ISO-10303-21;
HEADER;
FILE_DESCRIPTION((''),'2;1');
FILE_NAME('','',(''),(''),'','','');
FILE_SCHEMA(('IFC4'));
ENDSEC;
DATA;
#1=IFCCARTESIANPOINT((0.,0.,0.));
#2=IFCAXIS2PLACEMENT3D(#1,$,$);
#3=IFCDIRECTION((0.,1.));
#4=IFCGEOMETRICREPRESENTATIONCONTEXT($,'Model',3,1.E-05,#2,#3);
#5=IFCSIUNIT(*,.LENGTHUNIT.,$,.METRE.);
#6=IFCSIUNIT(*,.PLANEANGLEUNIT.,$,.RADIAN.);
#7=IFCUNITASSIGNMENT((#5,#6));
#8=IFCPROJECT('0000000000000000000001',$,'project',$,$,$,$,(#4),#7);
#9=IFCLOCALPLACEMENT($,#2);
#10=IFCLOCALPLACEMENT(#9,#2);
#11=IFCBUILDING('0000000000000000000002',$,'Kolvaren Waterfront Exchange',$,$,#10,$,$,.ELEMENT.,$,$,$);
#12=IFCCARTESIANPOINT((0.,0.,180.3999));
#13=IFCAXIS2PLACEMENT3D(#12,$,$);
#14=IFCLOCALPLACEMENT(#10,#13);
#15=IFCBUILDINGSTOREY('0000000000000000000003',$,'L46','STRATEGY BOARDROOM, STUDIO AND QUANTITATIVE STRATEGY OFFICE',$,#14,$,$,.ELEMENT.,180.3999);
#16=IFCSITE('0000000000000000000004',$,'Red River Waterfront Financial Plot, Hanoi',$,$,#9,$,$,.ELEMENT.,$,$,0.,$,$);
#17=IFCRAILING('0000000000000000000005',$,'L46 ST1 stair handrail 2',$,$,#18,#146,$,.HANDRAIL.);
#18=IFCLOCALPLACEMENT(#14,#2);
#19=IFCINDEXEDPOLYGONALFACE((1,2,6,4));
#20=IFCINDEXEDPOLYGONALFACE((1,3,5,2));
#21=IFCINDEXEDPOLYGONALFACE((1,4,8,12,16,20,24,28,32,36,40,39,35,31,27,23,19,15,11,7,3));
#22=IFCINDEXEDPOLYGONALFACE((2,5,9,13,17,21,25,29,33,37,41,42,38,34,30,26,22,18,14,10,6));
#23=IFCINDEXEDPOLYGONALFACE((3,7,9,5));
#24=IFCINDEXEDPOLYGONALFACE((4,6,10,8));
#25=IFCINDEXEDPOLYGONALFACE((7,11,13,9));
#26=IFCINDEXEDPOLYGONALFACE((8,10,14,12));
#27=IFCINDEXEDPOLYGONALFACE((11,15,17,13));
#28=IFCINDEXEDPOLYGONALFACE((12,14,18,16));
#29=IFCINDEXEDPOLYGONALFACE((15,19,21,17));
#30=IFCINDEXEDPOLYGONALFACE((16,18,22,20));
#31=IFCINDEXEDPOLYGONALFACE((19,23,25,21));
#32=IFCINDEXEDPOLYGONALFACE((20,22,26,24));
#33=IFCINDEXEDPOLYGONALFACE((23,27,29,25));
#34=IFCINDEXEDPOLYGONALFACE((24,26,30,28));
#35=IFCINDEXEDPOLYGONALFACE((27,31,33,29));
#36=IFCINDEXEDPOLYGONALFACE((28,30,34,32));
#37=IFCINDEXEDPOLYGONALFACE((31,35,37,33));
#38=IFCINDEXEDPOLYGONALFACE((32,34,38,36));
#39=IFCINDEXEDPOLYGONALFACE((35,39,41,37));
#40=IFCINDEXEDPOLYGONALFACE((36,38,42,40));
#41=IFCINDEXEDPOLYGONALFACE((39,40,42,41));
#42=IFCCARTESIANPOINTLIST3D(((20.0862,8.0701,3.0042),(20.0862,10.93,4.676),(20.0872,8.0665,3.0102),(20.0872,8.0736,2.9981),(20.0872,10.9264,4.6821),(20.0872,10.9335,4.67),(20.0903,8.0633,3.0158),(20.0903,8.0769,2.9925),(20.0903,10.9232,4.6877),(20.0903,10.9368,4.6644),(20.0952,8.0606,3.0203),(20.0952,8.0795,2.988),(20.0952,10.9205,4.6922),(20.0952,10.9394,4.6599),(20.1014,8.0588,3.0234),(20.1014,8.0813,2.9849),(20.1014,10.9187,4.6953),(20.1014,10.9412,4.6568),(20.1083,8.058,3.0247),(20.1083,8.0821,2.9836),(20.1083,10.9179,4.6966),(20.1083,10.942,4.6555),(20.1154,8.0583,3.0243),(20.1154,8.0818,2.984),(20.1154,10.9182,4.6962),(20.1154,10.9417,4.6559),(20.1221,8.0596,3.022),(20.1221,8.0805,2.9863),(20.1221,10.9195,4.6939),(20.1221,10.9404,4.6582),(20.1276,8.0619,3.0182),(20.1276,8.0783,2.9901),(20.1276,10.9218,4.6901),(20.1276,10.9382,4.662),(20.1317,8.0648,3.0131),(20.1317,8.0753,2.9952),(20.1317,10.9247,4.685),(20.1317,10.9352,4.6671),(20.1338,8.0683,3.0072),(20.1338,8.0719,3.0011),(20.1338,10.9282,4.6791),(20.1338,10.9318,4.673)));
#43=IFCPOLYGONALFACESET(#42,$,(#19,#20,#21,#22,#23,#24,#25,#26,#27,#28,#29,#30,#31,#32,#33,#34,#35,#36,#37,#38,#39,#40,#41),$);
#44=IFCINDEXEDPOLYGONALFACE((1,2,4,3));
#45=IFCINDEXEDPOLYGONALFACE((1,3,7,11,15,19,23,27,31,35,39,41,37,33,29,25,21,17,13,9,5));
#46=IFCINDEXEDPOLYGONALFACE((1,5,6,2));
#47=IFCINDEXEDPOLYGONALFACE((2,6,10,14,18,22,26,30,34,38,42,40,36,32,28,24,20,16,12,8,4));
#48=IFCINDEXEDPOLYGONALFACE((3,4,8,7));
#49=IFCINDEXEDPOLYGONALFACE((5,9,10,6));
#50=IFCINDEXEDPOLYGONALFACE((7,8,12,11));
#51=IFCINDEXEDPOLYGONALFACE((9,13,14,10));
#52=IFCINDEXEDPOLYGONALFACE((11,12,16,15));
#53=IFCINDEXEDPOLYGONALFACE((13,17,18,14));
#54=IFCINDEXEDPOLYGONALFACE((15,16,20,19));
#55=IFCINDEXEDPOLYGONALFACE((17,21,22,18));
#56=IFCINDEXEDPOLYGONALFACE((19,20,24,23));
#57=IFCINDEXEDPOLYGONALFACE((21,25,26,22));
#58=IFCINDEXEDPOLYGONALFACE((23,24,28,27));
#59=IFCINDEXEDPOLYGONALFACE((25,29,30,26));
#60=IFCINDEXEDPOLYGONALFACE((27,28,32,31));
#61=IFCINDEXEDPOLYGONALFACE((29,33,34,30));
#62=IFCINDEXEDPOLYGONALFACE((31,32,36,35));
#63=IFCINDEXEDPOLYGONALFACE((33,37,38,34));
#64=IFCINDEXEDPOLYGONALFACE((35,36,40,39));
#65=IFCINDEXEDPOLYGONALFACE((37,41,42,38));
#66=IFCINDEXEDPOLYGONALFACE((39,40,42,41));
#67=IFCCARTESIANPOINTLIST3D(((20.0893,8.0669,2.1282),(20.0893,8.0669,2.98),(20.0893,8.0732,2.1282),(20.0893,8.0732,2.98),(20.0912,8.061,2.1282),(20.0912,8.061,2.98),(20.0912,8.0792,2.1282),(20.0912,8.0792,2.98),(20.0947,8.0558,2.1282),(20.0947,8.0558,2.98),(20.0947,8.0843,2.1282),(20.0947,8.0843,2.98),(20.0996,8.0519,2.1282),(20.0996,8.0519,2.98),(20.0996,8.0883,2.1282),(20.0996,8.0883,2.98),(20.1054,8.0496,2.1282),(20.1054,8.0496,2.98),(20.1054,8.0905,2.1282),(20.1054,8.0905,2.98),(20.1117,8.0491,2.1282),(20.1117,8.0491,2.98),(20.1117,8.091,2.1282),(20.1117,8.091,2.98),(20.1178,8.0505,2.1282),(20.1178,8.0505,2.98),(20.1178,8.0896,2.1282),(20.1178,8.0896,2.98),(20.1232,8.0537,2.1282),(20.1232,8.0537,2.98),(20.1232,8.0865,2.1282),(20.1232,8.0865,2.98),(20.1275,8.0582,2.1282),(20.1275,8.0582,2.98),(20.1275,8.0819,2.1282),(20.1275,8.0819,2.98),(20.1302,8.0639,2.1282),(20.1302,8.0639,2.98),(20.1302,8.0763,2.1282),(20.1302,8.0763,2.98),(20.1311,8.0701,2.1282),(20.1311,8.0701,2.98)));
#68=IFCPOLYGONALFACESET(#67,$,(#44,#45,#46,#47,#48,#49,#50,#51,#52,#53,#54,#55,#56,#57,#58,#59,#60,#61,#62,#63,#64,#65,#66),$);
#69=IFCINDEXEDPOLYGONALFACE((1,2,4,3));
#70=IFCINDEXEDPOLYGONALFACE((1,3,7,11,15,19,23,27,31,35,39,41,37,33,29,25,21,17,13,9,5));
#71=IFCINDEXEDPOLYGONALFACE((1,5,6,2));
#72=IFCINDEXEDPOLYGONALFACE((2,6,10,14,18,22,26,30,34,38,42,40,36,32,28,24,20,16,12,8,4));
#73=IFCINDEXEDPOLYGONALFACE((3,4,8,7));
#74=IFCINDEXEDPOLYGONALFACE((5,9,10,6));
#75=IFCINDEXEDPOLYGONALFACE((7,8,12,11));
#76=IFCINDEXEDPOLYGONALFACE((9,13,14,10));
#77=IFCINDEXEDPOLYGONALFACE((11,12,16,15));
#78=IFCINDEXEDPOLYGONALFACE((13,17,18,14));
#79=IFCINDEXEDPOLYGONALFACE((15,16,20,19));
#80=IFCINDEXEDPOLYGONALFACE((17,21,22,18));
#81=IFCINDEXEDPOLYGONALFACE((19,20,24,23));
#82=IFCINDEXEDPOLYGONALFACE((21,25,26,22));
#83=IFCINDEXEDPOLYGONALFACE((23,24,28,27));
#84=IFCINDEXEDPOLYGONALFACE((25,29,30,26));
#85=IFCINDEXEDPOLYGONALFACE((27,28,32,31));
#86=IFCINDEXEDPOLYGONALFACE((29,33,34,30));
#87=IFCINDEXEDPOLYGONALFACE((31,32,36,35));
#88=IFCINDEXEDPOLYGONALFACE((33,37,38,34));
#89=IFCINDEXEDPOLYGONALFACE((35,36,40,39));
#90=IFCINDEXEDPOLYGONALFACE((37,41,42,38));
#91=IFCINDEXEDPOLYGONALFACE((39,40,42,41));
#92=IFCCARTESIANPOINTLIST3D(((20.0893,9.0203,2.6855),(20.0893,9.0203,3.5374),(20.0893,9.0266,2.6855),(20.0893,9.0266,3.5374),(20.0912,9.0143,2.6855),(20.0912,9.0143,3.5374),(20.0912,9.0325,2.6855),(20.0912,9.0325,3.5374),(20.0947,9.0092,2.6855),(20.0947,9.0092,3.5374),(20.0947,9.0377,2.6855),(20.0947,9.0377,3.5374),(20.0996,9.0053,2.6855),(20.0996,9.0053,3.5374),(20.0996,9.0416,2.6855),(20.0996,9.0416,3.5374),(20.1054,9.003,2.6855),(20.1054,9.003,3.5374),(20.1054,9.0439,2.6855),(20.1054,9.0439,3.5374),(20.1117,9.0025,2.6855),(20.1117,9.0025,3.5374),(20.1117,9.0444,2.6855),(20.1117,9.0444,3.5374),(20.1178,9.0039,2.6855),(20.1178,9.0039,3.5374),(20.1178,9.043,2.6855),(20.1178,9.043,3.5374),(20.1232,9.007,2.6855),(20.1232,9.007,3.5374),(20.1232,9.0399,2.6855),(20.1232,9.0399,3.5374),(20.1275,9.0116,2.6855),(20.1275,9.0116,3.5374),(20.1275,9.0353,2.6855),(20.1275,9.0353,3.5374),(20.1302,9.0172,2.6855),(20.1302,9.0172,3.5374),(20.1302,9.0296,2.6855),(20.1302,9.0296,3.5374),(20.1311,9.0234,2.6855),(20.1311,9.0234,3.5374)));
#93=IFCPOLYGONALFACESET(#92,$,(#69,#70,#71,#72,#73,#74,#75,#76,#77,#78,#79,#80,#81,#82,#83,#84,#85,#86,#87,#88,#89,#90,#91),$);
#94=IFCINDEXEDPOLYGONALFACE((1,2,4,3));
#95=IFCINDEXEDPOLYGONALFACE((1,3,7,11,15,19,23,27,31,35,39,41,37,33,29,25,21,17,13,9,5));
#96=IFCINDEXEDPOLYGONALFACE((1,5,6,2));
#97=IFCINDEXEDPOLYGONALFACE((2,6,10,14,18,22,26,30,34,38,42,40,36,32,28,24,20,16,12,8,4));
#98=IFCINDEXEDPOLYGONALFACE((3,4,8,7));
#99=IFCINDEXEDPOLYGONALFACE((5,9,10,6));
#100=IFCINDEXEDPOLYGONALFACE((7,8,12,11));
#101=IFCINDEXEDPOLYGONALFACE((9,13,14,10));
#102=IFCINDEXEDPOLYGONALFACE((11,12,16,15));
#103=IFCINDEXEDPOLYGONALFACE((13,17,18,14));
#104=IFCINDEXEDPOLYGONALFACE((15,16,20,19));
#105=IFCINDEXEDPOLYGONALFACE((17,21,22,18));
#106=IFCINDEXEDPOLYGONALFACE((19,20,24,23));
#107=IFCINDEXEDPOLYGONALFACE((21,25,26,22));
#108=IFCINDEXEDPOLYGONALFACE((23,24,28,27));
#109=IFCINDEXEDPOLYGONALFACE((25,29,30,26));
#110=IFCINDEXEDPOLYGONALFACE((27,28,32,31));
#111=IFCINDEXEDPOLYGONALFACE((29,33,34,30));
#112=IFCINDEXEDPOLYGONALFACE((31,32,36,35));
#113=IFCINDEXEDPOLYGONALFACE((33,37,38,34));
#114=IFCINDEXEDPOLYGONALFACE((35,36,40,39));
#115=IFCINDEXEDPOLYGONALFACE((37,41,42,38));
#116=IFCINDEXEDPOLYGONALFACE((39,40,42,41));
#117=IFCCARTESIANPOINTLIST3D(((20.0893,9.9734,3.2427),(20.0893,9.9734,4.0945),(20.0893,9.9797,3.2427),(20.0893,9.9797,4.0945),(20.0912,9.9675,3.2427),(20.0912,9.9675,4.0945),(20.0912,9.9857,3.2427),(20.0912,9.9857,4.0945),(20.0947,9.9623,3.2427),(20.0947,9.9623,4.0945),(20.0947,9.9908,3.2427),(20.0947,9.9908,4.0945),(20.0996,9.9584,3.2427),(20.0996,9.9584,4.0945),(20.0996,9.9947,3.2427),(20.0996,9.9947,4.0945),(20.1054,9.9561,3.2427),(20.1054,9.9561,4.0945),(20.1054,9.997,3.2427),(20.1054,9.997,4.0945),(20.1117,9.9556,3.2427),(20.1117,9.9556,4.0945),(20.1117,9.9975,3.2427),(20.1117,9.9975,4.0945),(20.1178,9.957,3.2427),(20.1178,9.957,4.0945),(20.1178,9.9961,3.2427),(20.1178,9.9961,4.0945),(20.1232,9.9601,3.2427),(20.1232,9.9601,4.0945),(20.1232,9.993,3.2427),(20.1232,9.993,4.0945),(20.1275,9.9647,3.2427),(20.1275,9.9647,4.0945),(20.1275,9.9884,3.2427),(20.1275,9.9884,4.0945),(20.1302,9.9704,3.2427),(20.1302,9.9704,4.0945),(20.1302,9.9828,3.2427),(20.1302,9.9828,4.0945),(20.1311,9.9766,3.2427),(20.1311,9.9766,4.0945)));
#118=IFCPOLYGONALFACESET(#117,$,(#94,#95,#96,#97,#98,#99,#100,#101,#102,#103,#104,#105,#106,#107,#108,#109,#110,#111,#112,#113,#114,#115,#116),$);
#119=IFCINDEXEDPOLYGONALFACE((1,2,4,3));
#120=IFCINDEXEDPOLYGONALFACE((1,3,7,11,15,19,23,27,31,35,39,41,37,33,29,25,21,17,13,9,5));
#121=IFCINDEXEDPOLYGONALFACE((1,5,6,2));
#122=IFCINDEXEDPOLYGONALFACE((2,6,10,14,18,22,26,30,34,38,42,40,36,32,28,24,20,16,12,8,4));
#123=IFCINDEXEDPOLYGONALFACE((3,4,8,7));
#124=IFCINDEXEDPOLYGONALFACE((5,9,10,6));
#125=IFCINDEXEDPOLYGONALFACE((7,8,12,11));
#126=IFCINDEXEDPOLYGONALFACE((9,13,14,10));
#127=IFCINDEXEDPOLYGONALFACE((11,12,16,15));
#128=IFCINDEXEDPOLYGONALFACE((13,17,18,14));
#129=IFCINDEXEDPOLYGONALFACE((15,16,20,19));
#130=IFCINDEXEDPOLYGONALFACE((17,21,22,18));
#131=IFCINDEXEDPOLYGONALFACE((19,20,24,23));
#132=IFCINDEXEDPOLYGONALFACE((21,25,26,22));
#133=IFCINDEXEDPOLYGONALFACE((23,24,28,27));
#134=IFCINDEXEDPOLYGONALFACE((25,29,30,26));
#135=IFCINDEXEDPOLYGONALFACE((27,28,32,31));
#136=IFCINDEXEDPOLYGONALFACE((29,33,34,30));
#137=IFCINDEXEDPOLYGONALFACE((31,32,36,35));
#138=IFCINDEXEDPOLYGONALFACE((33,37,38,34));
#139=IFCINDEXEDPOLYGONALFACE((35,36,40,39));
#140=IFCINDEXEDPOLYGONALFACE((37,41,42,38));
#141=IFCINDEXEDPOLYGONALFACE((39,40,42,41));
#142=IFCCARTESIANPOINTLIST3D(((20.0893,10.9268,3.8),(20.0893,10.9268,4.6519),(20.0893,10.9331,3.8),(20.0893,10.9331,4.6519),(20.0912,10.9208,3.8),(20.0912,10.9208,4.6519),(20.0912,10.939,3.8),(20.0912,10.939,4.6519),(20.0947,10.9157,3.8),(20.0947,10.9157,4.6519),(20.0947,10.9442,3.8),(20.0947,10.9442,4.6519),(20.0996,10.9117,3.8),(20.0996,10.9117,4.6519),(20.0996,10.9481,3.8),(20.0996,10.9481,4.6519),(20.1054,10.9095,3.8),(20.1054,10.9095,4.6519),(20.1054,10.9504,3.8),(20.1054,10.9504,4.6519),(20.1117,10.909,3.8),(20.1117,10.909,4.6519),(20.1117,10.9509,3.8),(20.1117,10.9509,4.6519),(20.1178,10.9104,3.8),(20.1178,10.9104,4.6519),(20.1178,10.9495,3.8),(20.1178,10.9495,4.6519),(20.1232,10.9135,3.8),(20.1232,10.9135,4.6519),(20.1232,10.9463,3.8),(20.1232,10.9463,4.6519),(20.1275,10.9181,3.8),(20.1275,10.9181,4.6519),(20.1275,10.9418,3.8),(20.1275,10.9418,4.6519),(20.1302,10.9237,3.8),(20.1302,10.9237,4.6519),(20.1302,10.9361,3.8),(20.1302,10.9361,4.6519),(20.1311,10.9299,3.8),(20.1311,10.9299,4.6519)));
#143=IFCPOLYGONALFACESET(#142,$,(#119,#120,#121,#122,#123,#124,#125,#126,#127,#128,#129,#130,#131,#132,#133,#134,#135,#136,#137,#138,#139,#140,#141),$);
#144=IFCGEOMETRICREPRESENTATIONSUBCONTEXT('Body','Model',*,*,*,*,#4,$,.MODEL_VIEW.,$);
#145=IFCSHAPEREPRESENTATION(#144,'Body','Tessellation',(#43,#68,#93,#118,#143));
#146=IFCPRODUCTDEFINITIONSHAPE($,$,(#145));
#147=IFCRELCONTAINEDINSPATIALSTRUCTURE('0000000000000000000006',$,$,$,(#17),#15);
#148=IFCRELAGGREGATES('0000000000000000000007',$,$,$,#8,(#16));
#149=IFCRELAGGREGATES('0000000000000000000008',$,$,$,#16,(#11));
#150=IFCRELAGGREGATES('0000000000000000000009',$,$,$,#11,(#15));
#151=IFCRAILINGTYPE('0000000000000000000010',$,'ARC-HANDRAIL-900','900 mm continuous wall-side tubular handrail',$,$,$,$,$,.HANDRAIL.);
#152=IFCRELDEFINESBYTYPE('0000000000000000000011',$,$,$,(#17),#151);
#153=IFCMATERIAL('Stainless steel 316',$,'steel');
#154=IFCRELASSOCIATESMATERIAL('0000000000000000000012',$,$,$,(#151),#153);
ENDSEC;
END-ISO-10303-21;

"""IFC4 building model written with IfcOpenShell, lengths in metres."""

from ifc_helpers import new_model, si_unit, direction, frame, origin, origin_2d, place, context, subcontext, project, spatial, circle, extrude, material, type_object, element, save


model = new_model("IFC4")

# Units and contexts
model_context = context("Model", 3, precision=1e-05, world=origin(), true_north=direction((0.0, 1.0)))
body_context = subcontext(model_context, "Body", "Model", "MODEL_VIEW")
ifc_project = project(units=[si_unit("LENGTHUNIT", "METRE"), si_unit("PLANEANGLEUNIT", "RADIAN")], contexts=[model_context])

# Site, building, storey
site_placement = place(None, origin())
site = spatial("IfcSite", under=ifc_project, at=site_placement, Name="Red River Waterfront Financial Plot, Hanoi", CompositionType="ELEMENT", RefElevation=0.0)
building_placement = place(site_placement, origin())
building = spatial("IfcBuilding", under=site, at=building_placement, Name="Kolvaren Waterfront Exchange", CompositionType="ELEMENT")
storey_placement = place(building_placement, frame((0.0, 0.0, 180.3999)))
storey = spatial("IfcBuildingStorey", under=building, at=storey_placement, Name="L46", Description="STRATEGY BOARDROOM, STUDIO AND QUANTITATIVE STRATEGY OFFICE", CompositionType="ELEMENT", Elevation=180.3999)

# Railing
ifc_material_1 = material(Name="Stainless steel 316", Category="steel")
railing_type_1 = type_object("IfcRailingType", Name="ARC-HANDRAIL-900", Description="900 mm continuous wall-side tubular handrail", PredefinedType="HANDRAIL", material=ifc_material_1)
railing_1_placement = place(storey_placement, frame((20.1101, 8.0701, 2.1282)))
element("IfcRailing", 1, at=railing_1_placement, inside=storey, type_object=railing_type_1, Name="L46 ST1 stair handrail 2", PredefinedType="HANDRAIL", context=body_context, shape_type="SweptSolid", body=[
    extrude(circle(Radius=0.0239, at=origin_2d()), frame((0.0, 0.0, 0.876), z_axis=(0.0, 0.863303, 0.504686), x_axis=(-1.0, 0.0, 0.0)), (0.0, 0.0, 1.0), 3.3127),
    extrude(circle(Radius=0.021, at=origin_2d()), origin(), (0.0, 0.0, 1.0), 0.8518),
    extrude(circle(Radius=0.021, at=origin_2d()), frame((0.0, 0.9534, 0.5574)), (0.0, 0.0, 1.0), 0.8518),
    extrude(circle(Radius=0.021, at=origin_2d()), frame((0.0, 1.9065, 1.1145)), (0.0, 0.0, 1.0), 0.8518),
    extrude(circle(Radius=0.021, at=origin_2d()), frame((0.0, 2.8599, 1.6719)), (0.0, 0.0, 1.0), 0.8518),
])

save(model, "model.ifc")
